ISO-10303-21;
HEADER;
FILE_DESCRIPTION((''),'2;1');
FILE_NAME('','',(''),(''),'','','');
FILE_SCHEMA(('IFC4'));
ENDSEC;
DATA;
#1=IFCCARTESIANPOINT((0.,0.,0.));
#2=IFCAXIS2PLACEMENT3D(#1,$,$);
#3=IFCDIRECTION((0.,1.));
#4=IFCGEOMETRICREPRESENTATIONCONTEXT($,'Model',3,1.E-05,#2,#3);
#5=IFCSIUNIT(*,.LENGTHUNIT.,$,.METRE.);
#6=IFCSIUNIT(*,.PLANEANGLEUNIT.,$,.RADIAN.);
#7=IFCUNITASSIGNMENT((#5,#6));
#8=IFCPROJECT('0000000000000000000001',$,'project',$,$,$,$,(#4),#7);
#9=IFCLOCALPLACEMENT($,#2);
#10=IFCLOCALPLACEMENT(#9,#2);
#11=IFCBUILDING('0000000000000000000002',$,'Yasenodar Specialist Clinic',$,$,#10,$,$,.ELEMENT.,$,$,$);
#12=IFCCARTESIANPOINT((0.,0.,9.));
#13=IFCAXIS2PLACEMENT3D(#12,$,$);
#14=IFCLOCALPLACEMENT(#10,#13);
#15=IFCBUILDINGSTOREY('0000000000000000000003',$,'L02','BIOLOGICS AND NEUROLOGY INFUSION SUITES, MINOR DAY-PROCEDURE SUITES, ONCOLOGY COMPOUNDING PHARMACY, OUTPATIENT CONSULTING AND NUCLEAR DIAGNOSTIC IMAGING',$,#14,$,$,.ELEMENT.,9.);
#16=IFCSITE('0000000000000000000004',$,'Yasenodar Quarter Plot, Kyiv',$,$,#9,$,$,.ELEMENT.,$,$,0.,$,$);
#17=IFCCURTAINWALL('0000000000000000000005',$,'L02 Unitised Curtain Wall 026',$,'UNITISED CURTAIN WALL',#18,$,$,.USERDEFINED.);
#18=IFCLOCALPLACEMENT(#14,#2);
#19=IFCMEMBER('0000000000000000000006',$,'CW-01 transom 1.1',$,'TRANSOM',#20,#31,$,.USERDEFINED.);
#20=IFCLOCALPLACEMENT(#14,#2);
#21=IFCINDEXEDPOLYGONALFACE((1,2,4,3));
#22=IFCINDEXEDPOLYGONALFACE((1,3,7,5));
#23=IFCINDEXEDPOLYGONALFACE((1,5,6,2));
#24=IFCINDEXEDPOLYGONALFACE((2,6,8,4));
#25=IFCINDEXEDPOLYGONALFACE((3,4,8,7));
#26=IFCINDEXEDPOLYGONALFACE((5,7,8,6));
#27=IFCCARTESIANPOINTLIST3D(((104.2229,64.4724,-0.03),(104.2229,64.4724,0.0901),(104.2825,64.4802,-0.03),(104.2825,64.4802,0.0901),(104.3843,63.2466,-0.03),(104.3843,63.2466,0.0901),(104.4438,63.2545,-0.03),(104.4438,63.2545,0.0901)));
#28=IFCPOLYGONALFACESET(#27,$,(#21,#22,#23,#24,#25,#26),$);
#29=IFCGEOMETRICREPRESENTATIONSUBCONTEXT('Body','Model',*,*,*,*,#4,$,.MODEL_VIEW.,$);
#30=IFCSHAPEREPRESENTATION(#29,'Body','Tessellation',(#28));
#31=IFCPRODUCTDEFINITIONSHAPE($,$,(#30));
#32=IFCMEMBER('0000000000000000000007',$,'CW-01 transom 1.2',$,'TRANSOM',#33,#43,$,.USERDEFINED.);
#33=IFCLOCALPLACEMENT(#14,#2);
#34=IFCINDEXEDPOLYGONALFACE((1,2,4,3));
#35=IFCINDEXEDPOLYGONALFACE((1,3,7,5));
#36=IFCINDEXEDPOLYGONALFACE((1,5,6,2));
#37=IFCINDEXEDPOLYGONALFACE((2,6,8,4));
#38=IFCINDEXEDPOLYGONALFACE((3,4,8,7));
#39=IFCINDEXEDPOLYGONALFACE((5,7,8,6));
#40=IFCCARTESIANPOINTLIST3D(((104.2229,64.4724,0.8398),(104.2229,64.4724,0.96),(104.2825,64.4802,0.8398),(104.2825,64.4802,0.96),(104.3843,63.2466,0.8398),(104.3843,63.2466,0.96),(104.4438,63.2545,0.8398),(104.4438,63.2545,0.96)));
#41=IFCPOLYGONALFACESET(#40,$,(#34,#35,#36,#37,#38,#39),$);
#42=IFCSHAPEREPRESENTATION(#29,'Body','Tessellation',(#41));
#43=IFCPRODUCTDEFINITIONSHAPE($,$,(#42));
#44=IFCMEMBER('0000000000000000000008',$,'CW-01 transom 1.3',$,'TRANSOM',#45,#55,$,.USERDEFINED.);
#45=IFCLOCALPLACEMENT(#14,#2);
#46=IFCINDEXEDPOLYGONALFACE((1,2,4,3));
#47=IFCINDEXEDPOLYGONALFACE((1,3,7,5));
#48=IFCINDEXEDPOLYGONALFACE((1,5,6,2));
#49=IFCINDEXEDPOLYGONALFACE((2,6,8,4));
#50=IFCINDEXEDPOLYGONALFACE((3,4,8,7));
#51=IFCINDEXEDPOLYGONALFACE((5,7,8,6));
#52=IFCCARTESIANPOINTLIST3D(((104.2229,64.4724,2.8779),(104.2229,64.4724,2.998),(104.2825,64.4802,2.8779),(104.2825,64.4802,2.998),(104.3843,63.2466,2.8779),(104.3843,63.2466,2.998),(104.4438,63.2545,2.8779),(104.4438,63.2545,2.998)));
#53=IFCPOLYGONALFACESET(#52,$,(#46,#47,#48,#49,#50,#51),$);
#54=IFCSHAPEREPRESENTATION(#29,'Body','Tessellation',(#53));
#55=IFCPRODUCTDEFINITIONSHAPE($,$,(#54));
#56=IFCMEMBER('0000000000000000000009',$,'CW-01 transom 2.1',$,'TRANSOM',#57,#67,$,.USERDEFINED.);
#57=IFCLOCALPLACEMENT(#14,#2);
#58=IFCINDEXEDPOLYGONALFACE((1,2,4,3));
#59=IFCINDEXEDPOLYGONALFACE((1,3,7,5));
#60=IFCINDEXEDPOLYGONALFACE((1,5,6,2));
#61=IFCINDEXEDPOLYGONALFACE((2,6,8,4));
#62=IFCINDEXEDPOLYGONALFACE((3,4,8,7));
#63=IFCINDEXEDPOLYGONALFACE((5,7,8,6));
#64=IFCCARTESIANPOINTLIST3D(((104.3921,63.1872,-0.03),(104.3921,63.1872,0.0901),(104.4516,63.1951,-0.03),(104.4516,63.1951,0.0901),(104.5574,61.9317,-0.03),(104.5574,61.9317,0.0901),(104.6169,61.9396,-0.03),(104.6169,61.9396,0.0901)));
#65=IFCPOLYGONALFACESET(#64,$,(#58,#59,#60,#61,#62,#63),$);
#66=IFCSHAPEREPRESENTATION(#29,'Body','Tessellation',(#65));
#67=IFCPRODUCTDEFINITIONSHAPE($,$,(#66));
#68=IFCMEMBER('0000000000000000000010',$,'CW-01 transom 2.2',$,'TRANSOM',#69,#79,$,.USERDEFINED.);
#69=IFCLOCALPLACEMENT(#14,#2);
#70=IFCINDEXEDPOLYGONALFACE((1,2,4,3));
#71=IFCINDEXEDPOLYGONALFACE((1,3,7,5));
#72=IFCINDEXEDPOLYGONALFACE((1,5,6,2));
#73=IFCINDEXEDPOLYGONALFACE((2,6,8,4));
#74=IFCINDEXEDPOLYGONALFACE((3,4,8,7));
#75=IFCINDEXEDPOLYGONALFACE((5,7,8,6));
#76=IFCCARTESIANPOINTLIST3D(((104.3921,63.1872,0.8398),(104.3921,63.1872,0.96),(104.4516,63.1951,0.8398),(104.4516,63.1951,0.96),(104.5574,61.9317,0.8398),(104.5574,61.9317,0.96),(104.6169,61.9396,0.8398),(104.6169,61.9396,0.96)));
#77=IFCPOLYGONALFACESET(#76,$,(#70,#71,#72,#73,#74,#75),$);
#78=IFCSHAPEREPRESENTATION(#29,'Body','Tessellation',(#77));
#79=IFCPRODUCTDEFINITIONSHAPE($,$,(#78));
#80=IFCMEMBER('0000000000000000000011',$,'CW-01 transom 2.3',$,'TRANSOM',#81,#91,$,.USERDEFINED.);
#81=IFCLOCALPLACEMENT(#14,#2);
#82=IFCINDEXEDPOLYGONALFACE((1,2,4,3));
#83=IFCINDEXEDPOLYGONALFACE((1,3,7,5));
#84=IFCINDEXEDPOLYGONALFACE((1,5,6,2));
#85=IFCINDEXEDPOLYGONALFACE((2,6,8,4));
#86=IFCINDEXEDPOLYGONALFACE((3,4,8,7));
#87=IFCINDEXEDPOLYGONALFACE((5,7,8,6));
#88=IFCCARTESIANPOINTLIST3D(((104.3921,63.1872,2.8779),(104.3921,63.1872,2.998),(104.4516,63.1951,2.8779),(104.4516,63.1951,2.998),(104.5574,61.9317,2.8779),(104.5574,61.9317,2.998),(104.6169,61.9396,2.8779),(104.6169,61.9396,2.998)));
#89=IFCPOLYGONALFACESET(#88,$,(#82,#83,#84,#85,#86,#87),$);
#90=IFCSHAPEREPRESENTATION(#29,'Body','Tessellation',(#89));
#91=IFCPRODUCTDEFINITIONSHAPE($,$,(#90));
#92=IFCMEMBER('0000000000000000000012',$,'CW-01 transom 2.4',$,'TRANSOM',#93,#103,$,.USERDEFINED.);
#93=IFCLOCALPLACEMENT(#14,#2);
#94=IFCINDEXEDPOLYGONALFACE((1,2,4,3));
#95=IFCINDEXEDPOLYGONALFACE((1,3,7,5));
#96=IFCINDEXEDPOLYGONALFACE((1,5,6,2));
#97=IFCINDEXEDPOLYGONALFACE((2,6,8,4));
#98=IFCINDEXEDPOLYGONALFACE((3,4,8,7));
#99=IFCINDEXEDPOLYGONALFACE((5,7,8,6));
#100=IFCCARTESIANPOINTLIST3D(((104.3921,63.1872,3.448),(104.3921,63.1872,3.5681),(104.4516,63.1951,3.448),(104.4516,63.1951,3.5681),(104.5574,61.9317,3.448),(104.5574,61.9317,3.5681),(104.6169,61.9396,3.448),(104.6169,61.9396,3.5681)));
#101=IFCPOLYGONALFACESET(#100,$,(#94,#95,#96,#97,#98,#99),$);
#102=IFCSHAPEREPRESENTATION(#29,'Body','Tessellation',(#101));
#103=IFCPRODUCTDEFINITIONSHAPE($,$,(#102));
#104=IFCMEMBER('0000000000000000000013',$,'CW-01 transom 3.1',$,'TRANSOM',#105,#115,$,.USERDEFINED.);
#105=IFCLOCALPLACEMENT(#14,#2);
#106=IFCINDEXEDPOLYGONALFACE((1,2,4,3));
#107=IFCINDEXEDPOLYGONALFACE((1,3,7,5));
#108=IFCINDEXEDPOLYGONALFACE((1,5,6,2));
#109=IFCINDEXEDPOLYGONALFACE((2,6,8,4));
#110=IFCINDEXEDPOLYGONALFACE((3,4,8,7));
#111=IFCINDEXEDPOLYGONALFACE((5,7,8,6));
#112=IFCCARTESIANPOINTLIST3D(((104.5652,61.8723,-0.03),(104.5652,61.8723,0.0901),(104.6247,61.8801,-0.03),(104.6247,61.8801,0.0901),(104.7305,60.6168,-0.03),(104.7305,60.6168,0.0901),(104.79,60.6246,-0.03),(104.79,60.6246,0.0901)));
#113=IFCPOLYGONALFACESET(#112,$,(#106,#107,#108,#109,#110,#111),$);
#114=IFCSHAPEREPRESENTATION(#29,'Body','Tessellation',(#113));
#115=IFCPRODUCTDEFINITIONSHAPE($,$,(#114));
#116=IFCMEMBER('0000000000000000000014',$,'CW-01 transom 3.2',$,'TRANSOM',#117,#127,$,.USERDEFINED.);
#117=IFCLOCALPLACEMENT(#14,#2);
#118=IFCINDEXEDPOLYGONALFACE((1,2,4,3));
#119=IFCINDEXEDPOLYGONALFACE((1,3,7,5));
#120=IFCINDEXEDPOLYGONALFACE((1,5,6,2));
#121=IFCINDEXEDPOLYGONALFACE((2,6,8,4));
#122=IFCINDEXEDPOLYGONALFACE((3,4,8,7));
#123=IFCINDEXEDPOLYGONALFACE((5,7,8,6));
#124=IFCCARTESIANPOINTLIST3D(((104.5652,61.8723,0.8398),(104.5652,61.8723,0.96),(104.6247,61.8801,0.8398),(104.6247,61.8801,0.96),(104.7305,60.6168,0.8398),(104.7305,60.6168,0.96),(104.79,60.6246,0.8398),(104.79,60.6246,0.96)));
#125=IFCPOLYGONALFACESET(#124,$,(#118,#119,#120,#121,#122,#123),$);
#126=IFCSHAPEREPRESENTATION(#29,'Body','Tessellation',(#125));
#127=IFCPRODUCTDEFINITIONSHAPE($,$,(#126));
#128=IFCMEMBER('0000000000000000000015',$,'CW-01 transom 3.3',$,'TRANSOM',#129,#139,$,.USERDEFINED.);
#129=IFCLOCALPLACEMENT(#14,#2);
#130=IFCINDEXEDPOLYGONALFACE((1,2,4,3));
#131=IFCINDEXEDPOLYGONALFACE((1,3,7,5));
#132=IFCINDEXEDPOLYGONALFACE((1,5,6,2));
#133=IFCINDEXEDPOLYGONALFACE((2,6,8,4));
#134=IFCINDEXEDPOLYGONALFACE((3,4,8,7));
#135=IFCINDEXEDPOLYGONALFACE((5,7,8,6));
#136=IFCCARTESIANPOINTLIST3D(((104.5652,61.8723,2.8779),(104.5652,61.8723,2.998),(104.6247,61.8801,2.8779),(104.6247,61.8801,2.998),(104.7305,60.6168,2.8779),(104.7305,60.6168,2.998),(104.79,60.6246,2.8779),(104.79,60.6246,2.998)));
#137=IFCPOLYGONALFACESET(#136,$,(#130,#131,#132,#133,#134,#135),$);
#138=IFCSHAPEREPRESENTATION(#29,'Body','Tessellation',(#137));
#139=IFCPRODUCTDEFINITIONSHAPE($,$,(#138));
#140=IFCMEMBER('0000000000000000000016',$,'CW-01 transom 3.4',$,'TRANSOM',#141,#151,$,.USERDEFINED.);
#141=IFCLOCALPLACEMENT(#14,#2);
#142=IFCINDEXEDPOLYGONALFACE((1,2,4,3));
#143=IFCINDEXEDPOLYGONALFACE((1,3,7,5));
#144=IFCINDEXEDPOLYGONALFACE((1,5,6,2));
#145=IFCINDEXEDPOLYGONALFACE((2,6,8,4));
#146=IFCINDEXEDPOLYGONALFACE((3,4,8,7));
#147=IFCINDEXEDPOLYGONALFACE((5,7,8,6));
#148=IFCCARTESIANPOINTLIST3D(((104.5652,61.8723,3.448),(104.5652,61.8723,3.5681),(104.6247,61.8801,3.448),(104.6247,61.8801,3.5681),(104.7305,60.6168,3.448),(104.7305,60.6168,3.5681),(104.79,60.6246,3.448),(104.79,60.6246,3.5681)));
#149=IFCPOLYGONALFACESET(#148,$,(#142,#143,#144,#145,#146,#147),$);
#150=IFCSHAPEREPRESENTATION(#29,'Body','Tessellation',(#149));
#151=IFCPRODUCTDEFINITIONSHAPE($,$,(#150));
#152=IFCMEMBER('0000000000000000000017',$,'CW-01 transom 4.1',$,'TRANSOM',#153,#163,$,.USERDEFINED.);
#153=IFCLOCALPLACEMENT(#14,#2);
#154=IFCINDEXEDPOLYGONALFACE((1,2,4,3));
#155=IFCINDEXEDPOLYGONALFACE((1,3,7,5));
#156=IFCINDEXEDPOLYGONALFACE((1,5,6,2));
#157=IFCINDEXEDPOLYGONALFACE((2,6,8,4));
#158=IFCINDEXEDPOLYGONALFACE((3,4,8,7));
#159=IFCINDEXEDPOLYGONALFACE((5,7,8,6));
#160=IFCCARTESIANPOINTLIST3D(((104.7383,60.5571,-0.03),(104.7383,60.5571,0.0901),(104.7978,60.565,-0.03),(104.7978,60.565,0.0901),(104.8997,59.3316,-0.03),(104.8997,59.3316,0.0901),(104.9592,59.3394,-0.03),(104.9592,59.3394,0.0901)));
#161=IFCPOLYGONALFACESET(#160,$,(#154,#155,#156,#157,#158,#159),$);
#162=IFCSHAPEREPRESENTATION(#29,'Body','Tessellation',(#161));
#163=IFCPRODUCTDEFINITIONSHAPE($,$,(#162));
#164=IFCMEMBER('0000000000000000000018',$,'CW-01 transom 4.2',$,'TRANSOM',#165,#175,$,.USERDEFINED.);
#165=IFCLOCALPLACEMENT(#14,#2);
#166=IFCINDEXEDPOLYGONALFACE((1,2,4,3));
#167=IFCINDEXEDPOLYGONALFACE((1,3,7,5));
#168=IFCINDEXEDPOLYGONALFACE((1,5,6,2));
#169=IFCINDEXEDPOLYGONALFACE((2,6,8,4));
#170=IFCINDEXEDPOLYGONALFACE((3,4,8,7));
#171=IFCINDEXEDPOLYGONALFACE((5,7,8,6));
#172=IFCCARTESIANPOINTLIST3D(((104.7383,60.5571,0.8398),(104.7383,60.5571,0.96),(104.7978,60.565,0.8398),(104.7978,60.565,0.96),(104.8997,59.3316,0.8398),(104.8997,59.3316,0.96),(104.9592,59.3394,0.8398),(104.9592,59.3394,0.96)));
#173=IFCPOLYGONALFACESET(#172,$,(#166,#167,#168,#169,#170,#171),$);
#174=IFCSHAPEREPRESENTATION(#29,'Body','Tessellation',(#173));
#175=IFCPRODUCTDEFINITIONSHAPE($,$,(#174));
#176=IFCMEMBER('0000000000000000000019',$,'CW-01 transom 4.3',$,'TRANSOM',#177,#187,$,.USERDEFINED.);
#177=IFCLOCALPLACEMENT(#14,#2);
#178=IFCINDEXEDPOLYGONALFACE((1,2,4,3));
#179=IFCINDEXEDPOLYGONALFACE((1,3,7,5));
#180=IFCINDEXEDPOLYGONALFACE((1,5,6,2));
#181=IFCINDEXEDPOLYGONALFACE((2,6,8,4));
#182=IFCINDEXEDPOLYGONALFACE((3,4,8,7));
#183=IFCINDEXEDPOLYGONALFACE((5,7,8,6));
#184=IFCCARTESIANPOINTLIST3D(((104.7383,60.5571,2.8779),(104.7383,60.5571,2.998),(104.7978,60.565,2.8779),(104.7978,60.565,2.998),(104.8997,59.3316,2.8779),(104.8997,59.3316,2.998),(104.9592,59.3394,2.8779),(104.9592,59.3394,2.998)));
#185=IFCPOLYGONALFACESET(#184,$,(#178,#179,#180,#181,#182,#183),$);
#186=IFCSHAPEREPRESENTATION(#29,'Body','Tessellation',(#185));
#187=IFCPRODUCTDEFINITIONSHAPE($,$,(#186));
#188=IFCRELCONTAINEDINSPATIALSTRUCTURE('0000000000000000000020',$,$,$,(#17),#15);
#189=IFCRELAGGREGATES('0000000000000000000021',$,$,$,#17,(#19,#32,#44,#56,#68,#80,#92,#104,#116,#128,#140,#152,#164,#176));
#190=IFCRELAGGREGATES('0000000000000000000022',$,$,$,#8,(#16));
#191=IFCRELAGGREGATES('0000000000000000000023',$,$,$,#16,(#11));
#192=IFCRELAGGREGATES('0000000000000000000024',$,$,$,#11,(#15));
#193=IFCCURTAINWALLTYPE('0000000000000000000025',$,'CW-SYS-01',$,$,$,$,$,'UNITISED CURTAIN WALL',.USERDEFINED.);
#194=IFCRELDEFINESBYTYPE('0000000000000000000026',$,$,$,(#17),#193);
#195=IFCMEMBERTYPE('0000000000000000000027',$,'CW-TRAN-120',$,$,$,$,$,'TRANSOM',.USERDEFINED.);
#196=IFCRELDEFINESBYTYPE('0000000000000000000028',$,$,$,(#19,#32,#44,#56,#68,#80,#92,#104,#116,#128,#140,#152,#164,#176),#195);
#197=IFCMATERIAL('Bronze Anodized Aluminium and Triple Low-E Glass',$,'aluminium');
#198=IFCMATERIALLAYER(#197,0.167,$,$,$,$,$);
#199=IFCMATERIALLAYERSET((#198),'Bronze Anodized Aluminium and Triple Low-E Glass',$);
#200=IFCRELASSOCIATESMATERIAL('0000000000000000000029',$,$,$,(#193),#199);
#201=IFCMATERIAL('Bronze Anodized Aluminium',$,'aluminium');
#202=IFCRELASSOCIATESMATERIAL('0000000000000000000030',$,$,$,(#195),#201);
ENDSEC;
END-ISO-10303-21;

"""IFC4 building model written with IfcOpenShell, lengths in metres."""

from ifc_helpers import new_model, si_unit, direction, frame, origin, origin_2d, place, context, subcontext, project, spatial, rectangle, extrude, material, layer, layer_set, material_profile, profile_set, type_object, element, aggregate, save


model = new_model("IFC4")

# Units and contexts
model_context = context("Model", 3, precision=1e-05, world=origin(), true_north=direction((0.0, 1.0)))
body_context = subcontext(model_context, "Body", "Model", "MODEL_VIEW")
ifc_project = project(units=[si_unit("LENGTHUNIT", "METRE"), si_unit("PLANEANGLEUNIT", "RADIAN")], contexts=[model_context])

# Site, building, storey
site_placement = place(None, origin())
site = spatial("IfcSite", under=ifc_project, at=site_placement, Name="Yasenodar Quarter Plot, Kyiv", CompositionType="ELEMENT", RefElevation=0.0)
building_placement = place(site_placement, origin())
building = spatial("IfcBuilding", under=site, at=building_placement, Name="Yasenodar Specialist Clinic", CompositionType="ELEMENT")
storey_placement = place(building_placement, frame((0.0, 0.0, 9.0)))
storey = spatial("IfcBuildingStorey", under=building, at=storey_placement, Name="L02", Description="BIOLOGICS AND NEUROLOGY INFUSION SUITES, MINOR DAY-PROCEDURE SUITES, ONCOLOGY COMPOUNDING PHARMACY, OUTPATIENT CONSULTING AND NUCLEAR DIAGNOSTIC IMAGING", CompositionType="ELEMENT", Elevation=9.0)

# Curtain wall, members
ifc_material_1 = material(Name="Bronze Anodized Aluminium and Triple Low-E Glass", Category="aluminium")
ifc_layer_1 = layer(ifc_material_1, 0.167)
ifc_layer_set_1 = layer_set([ifc_layer_1], Name="Bronze Anodized Aluminium and Triple Low-E Glass")
curtain_wall_type = type_object("IfcCurtainWallType", Name="CW-SYS-01", ElementType="UNITISED CURTAIN WALL", PredefinedType="USERDEFINED", material=ifc_layer_set_1)
curtain_wall_placement = place(storey_placement, origin())
curtain_wall = element("IfcCurtainWall", 1, at=curtain_wall_placement, inside=storey, type_object=curtain_wall_type, Name="L02 Unitised Curtain Wall 026", ObjectType="UNITISED CURTAIN WALL", PredefinedType="USERDEFINED")
ifc_material_2 = material(Name="Bronze Anodized Aluminium", Category="aluminium")
ifc_material_profile_1 = material_profile(ifc_material_2, rectangle(XDim=0.0601, YDim=0.1201, at=origin_2d()), Name="CW-TRAN 60x120")
ifc_profile_set_1 = profile_set([ifc_material_profile_1], Name="Bronze Anodized Aluminium")
member_type_1 = type_object("IfcMemberType", Name="CW-TRAN-120", ElementType="TRANSOM", PredefinedType="USERDEFINED", material=ifc_profile_set_1)
member_1_placement = place(storey_placement, frame((104.2527, 64.4763, 0.03), z_axis=(0.130521, -0.991446, 0.0), x_axis=(0.991446, 0.130521, 0.0)))
member_1 = element("IfcMember", 2, at=member_1_placement, type_object=member_type_1, Name="CW-01 transom 1.1", ObjectType="TRANSOM", PredefinedType="USERDEFINED", context=body_context, shape_type="SweptSolid", body=[
    extrude(rectangle(XDim=0.0601, YDim=0.1201, at=origin_2d()), origin(), (0.0, 0.0, 1.0), 1.2363),
])
member_2_placement = place(storey_placement, frame((104.2527, 64.4763, 0.8999), z_axis=(0.130521, -0.991446, 0.0), x_axis=(0.991446, 0.130521, 0.0)))
member_2 = element("IfcMember", 3, at=member_2_placement, type_object=member_type_1, Name="CW-01 transom 1.2", ObjectType="TRANSOM", PredefinedType="USERDEFINED", context=body_context, shape_type="SweptSolid", body=[
    extrude(rectangle(XDim=0.0601, YDim=0.1201, at=origin_2d()), origin(), (0.0, 0.0, 1.0), 1.2363),
])
member_3_placement = place(storey_placement, frame((104.2527, 64.4763, 2.938), z_axis=(0.130521, -0.991446, 0.0), x_axis=(0.991446, 0.130521, 0.0)))
member_3 = element("IfcMember", 4, at=member_3_placement, type_object=member_type_1, Name="CW-01 transom 1.3", ObjectType="TRANSOM", PredefinedType="USERDEFINED", context=body_context, shape_type="SweptSolid", body=[
    extrude(rectangle(XDim=0.0601, YDim=0.1201, at=origin_2d()), origin(), (0.0, 0.0, 1.0), 1.2363),
])
member_4_placement = place(storey_placement, frame((104.4219, 63.1912, 0.03), z_axis=(0.130509, -0.991447, 0.0), x_axis=(0.991447, 0.130509, 0.0)))
member_4 = element("IfcMember", 5, at=member_4_placement, type_object=member_type_1, Name="CW-01 transom 2.1", ObjectType="TRANSOM", PredefinedType="USERDEFINED", context=body_context, shape_type="SweptSolid", body=[
    extrude(rectangle(XDim=0.0601, YDim=0.1201, at=origin_2d()), origin(), (0.0, 0.0, 1.0), 1.2664),
])
member_5_placement = place(storey_placement, frame((104.4219, 63.1912, 0.8999), z_axis=(0.130509, -0.991447, 0.0), x_axis=(0.991447, 0.130509, 0.0)))
member_5 = element("IfcMember", 6, at=member_5_placement, type_object=member_type_1, Name="CW-01 transom 2.2", ObjectType="TRANSOM", PredefinedType="USERDEFINED", context=body_context, shape_type="SweptSolid", body=[
    extrude(rectangle(XDim=0.0601, YDim=0.1201, at=origin_2d()), origin(), (0.0, 0.0, 1.0), 1.2664),
])
member_6_placement = place(storey_placement, frame((104.4219, 63.1912, 2.938), z_axis=(0.130509, -0.991447, 0.0), x_axis=(0.991447, 0.130509, 0.0)))
member_6 = element("IfcMember", 7, at=member_6_placement, type_object=member_type_1, Name="CW-01 transom 2.3", ObjectType="TRANSOM", PredefinedType="USERDEFINED", context=body_context, shape_type="SweptSolid", body=[
    extrude(rectangle(XDim=0.0601, YDim=0.1201, at=origin_2d()), origin(), (0.0, 0.0, 1.0), 1.2664),
])
member_7_placement = place(storey_placement, frame((104.4219, 63.1912, 3.5081), z_axis=(0.130509, -0.991447, 0.0), x_axis=(0.991447, 0.130509, 0.0)))
member_7 = element("IfcMember", 8, at=member_7_placement, type_object=member_type_1, Name="CW-01 transom 2.4", ObjectType="TRANSOM", PredefinedType="USERDEFINED", context=body_context, shape_type="SweptSolid", body=[
    extrude(rectangle(XDim=0.0601, YDim=0.1201, at=origin_2d()), origin(), (0.0, 0.0, 1.0), 1.2664),
])
member_8_placement = place(storey_placement, frame((104.595, 61.8762, 0.03), z_axis=(0.130509, -0.991447, 0.0), x_axis=(0.991447, 0.130509, 0.0)))
member_8 = element("IfcMember", 9, at=member_8_placement, type_object=member_type_1, Name="CW-01 transom 3.1", ObjectType="TRANSOM", PredefinedType="USERDEFINED", context=body_context, shape_type="SweptSolid", body=[
    extrude(rectangle(XDim=0.0601, YDim=0.1201, at=origin_2d()), origin(), (0.0, 0.0, 1.0), 1.2664),
])
member_9_placement = place(storey_placement, frame((104.595, 61.8762, 0.8999), z_axis=(0.130509, -0.991447, 0.0), x_axis=(0.991447, 0.130509, 0.0)))
member_9 = element("IfcMember", 10, at=member_9_placement, type_object=member_type_1, Name="CW-01 transom 3.2", ObjectType="TRANSOM", PredefinedType="USERDEFINED", context=body_context, shape_type="SweptSolid", body=[
    extrude(rectangle(XDim=0.0601, YDim=0.1201, at=origin_2d()), origin(), (0.0, 0.0, 1.0), 1.2664),
])
member_10_placement = place(storey_placement, frame((104.595, 61.8762, 2.938), z_axis=(0.130509, -0.991447, 0.0), x_axis=(0.991447, 0.130509, 0.0)))
member_10 = element("IfcMember", 11, at=member_10_placement, type_object=member_type_1, Name="CW-01 transom 3.3", ObjectType="TRANSOM", PredefinedType="USERDEFINED", context=body_context, shape_type="SweptSolid", body=[
    extrude(rectangle(XDim=0.0601, YDim=0.1201, at=origin_2d()), origin(), (0.0, 0.0, 1.0), 1.2664),
])
member_11_placement = place(storey_placement, frame((104.595, 61.8762, 3.5081), z_axis=(0.130509, -0.991447, 0.0), x_axis=(0.991447, 0.130509, 0.0)))
member_11 = element("IfcMember", 12, at=member_11_placement, type_object=member_type_1, Name="CW-01 transom 3.4", ObjectType="TRANSOM", PredefinedType="USERDEFINED", context=body_context, shape_type="SweptSolid", body=[
    extrude(rectangle(XDim=0.0601, YDim=0.1201, at=origin_2d()), origin(), (0.0, 0.0, 1.0), 1.2664),
])
member_12_placement = place(storey_placement, frame((104.7681, 60.561, 0.03), z_axis=(0.130546, -0.991442, 0.0), x_axis=(0.991442, 0.130546, 0.0)))
member_12 = element("IfcMember", 13, at=member_12_placement, type_object=member_type_1, Name="CW-01 transom 4.1", ObjectType="TRANSOM", PredefinedType="USERDEFINED", context=body_context, shape_type="SweptSolid", body=[
    extrude(rectangle(XDim=0.0601, YDim=0.1201, at=origin_2d()), origin(), (0.0, 0.0, 1.0), 1.2361),
])
member_13_placement = place(storey_placement, frame((104.7681, 60.561, 0.8999), z_axis=(0.130546, -0.991442, 0.0), x_axis=(0.991442, 0.130546, 0.0)))
member_13 = element("IfcMember", 14, at=member_13_placement, type_object=member_type_1, Name="CW-01 transom 4.2", ObjectType="TRANSOM", PredefinedType="USERDEFINED", context=body_context, shape_type="SweptSolid", body=[
    extrude(rectangle(XDim=0.0601, YDim=0.1201, at=origin_2d()), origin(), (0.0, 0.0, 1.0), 1.2361),
])
member_14_placement = place(storey_placement, frame((104.7681, 60.561, 2.938), z_axis=(0.130546, -0.991442, 0.0), x_axis=(0.991442, 0.130546, 0.0)))
member_14 = element("IfcMember", 15, at=member_14_placement, type_object=member_type_1, Name="CW-01 transom 4.3", ObjectType="TRANSOM", PredefinedType="USERDEFINED", context=body_context, shape_type="SweptSolid", body=[
    extrude(rectangle(XDim=0.0601, YDim=0.1201, at=origin_2d()), origin(), (0.0, 0.0, 1.0), 1.2361),
])
aggregate(curtain_wall, [member_1, member_2, member_3, member_4, member_5, member_6, member_7, member_8, member_9, member_10, member_11, member_12, member_13, member_14])

save(model, "model.ifc")
